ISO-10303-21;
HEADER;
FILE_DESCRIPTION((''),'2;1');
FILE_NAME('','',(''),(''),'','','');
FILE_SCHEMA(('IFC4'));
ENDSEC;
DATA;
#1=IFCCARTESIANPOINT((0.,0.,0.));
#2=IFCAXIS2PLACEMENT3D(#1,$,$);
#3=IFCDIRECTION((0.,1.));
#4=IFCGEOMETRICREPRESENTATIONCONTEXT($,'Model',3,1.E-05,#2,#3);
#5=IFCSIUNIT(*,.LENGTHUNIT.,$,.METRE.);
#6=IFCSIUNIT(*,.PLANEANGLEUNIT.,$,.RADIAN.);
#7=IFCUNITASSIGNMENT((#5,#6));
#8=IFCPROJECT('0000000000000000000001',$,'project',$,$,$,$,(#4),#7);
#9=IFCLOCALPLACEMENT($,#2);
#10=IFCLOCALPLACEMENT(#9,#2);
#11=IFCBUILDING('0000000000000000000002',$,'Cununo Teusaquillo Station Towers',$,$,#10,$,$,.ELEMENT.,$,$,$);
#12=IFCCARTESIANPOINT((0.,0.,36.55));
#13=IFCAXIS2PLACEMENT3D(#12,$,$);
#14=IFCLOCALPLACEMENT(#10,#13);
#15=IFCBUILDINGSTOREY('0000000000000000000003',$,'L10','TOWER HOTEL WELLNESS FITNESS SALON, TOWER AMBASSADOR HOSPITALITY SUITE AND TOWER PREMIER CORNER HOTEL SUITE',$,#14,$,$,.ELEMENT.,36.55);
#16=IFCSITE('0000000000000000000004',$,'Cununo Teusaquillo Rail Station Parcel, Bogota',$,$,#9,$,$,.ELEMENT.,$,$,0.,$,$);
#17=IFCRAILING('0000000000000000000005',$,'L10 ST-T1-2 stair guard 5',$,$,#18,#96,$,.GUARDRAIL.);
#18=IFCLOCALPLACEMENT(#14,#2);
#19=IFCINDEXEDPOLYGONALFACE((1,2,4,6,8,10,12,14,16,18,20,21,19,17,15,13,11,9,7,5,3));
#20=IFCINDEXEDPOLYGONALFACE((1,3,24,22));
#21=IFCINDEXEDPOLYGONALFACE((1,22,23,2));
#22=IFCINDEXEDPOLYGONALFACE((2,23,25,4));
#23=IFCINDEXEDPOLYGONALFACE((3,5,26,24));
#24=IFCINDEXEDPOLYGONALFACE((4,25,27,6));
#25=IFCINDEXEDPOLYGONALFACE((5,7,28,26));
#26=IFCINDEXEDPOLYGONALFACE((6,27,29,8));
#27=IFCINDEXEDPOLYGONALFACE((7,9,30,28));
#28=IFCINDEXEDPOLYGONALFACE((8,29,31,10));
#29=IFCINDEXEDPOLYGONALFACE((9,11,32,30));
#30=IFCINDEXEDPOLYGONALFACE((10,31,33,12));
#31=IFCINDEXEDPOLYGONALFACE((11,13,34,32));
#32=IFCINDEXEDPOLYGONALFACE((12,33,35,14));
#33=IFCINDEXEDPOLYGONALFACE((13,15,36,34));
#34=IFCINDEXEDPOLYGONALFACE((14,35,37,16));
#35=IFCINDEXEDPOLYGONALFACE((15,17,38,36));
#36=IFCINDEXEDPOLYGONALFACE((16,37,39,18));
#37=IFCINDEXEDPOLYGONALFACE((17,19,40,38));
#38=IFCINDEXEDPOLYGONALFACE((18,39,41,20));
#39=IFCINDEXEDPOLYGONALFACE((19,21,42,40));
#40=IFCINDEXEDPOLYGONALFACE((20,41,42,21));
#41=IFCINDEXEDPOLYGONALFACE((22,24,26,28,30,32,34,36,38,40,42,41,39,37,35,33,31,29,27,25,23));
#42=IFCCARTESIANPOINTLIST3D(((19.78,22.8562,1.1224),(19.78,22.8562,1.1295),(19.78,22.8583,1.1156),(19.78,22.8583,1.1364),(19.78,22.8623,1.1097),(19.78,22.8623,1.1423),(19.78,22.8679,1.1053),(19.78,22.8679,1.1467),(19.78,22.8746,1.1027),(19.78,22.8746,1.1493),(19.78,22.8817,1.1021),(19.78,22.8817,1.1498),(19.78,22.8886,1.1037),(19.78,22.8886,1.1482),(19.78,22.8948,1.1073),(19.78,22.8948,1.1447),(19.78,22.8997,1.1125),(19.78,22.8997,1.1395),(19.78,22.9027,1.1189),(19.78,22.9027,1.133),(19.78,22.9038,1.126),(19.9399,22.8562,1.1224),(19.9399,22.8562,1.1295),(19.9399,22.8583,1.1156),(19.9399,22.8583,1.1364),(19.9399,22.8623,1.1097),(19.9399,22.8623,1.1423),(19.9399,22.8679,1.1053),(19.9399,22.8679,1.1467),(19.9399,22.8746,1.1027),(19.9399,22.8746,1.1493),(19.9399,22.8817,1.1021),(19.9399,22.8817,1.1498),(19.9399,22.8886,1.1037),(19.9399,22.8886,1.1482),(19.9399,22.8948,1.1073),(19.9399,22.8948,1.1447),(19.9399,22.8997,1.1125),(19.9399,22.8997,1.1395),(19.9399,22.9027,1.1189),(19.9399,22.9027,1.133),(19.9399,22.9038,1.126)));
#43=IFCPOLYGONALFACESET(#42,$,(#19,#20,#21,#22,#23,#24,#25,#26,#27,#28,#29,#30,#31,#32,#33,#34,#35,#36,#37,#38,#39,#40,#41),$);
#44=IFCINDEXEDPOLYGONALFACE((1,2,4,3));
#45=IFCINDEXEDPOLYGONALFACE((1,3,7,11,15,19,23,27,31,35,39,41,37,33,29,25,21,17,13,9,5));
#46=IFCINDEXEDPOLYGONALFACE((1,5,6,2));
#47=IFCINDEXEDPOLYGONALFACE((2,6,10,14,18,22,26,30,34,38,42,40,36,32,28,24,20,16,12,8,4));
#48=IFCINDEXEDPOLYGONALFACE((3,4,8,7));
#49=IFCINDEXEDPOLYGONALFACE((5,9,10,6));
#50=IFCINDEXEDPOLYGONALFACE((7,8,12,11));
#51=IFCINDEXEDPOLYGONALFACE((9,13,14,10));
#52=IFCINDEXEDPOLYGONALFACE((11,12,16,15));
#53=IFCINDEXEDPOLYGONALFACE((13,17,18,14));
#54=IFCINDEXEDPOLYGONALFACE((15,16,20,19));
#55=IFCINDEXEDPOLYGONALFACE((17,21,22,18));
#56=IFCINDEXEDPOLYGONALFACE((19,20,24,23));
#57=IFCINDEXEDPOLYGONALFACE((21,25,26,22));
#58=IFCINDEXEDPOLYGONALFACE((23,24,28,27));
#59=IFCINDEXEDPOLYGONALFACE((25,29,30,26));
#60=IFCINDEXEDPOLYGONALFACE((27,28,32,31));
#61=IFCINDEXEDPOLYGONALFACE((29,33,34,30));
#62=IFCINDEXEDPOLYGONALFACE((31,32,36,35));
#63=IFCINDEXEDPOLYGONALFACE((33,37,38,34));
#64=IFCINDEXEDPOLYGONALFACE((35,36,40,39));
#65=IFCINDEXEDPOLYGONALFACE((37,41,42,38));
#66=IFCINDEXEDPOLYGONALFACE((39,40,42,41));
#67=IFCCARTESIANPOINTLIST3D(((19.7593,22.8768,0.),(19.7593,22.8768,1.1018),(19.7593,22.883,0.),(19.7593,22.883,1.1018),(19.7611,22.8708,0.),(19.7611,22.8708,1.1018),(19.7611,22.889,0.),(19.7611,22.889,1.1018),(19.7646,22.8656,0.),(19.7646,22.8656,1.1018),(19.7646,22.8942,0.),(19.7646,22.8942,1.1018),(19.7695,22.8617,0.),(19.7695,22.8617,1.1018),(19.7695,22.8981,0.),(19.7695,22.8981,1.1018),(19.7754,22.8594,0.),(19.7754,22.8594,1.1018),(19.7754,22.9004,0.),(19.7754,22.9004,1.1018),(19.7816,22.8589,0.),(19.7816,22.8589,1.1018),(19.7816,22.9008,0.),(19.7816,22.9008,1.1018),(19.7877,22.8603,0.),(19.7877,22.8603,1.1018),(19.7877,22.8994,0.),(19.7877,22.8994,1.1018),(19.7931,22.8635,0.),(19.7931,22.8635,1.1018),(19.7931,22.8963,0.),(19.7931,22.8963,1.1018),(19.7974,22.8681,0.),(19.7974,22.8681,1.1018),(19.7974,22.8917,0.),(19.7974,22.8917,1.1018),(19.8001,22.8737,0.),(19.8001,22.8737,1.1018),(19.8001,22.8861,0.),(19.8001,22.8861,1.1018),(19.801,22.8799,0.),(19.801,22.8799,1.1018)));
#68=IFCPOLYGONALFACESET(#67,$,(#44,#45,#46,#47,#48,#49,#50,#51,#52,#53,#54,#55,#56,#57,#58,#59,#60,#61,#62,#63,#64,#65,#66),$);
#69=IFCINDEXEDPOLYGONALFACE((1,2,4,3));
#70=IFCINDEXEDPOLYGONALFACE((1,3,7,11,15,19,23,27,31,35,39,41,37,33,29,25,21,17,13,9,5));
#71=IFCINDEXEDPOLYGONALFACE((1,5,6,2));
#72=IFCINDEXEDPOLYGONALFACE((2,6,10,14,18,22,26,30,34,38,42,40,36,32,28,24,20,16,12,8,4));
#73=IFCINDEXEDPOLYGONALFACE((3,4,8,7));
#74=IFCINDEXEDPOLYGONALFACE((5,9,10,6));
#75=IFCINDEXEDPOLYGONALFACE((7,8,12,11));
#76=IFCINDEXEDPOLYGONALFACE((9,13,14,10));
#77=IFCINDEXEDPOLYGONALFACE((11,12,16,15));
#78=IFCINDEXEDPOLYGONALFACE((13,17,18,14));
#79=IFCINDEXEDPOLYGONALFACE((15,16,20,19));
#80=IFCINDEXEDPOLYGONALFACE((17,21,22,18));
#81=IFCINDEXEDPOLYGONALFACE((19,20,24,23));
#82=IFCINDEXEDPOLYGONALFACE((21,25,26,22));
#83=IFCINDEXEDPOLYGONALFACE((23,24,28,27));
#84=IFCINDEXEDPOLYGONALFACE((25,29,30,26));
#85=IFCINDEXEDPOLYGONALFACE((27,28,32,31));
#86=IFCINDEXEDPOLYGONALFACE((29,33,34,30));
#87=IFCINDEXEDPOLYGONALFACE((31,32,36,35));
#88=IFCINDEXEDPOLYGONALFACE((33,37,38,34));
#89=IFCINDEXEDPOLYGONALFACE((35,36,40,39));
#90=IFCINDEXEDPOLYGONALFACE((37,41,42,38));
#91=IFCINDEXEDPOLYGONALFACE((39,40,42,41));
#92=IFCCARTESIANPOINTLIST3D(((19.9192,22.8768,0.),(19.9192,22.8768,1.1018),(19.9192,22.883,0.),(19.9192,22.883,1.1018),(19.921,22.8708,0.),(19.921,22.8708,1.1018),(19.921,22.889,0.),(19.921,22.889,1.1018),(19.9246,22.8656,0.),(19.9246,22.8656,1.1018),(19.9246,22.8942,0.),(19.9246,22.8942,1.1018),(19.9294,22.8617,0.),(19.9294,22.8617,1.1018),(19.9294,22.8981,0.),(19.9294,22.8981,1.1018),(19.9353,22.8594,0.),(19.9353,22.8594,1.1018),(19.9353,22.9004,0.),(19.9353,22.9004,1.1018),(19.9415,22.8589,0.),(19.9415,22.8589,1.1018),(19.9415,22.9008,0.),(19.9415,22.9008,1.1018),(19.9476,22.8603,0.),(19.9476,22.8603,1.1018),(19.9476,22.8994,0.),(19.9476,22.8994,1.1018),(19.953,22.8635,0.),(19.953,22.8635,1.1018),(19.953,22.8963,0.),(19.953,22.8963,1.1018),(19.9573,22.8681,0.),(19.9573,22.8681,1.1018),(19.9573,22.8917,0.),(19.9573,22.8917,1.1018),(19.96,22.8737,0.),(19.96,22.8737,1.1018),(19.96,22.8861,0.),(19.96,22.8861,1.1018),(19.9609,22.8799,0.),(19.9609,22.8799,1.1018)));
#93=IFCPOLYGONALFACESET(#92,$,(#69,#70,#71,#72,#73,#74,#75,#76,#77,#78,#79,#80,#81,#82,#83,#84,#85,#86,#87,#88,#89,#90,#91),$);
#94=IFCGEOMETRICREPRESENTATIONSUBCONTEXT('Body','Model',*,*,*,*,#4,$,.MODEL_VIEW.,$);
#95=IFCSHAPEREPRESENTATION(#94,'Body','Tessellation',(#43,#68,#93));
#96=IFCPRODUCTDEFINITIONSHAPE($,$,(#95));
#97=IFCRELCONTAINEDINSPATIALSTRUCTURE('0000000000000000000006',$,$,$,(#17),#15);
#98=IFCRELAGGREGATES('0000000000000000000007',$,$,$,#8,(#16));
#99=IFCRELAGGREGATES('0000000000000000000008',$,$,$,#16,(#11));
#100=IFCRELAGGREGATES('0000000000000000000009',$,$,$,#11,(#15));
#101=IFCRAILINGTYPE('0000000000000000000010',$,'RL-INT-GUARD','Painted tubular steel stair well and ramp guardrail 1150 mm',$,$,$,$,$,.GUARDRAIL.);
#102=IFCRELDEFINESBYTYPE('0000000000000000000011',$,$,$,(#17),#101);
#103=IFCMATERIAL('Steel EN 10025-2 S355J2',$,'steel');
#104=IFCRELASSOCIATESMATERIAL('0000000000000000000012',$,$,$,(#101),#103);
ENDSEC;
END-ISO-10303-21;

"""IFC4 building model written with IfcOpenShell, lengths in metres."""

from ifc_helpers import new_model, si_unit, direction, frame, origin, origin_2d, place, context, subcontext, project, spatial, circle, extrude, material, type_object, element, save


model = new_model("IFC4")

# Units and contexts
model_context = context("Model", 3, precision=1e-05, world=origin(), true_north=direction((0.0, 1.0)))
body_context = subcontext(model_context, "Body", "Model", "MODEL_VIEW")
ifc_project = project(units=[si_unit("LENGTHUNIT", "METRE"), si_unit("PLANEANGLEUNIT", "RADIAN")], contexts=[model_context])

# Site, building, storey
site_placement = place(None, origin())
site = spatial("IfcSite", under=ifc_project, at=site_placement, Name="Cununo Teusaquillo Rail Station Parcel, Bogota", CompositionType="ELEMENT", RefElevation=0.0)
building_placement = place(site_placement, origin())
building = spatial("IfcBuilding", under=site, at=building_placement, Name="Cununo Teusaquillo Station Towers", CompositionType="ELEMENT")
storey_placement = place(building_placement, frame((0.0, 0.0, 36.55)))
storey = spatial("IfcBuildingStorey", under=building, at=storey_placement, Name="L10", Description="TOWER HOTEL WELLNESS FITNESS SALON, TOWER AMBASSADOR HOSPITALITY SUITE AND TOWER PREMIER CORNER HOTEL SUITE", CompositionType="ELEMENT", Elevation=36.55)

# Railing
ifc_material_1 = material(Name="Steel EN 10025-2 S355J2", Category="steel")
railing_type_1 = type_object("IfcRailingType", Name="RL-INT-GUARD", Description="Painted tubular steel stair well and ramp guardrail 1150 mm", PredefinedType="GUARDRAIL", material=ifc_material_1)
railing_1_placement = place(storey_placement, frame((19.78, 22.8799, 0.0)))
element("IfcRailing", 1, at=railing_1_placement, inside=storey, type_object=railing_type_1, Name="L10 ST-T1-2 stair guard 5", PredefinedType="GUARDRAIL", context=body_context, shape_type="SweptSolid", body=[
    extrude(circle(Radius=0.0239, at=origin_2d()), frame((0.0, 0.0, 1.126), z_axis=(1.0, 0.0, 0.0), x_axis=(0.0, 1.0, 0.0)), (0.0, 0.0, 1.0), 0.1599),
    extrude(circle(Radius=0.021, at=origin_2d()), origin(), (0.0, 0.0, 1.0), 1.1018),
    extrude(circle(Radius=0.021, at=origin_2d()), frame((0.1599, 0.0, 0.0)), (0.0, 0.0, 1.0), 1.1018),
])

save(model, "model.ifc")
